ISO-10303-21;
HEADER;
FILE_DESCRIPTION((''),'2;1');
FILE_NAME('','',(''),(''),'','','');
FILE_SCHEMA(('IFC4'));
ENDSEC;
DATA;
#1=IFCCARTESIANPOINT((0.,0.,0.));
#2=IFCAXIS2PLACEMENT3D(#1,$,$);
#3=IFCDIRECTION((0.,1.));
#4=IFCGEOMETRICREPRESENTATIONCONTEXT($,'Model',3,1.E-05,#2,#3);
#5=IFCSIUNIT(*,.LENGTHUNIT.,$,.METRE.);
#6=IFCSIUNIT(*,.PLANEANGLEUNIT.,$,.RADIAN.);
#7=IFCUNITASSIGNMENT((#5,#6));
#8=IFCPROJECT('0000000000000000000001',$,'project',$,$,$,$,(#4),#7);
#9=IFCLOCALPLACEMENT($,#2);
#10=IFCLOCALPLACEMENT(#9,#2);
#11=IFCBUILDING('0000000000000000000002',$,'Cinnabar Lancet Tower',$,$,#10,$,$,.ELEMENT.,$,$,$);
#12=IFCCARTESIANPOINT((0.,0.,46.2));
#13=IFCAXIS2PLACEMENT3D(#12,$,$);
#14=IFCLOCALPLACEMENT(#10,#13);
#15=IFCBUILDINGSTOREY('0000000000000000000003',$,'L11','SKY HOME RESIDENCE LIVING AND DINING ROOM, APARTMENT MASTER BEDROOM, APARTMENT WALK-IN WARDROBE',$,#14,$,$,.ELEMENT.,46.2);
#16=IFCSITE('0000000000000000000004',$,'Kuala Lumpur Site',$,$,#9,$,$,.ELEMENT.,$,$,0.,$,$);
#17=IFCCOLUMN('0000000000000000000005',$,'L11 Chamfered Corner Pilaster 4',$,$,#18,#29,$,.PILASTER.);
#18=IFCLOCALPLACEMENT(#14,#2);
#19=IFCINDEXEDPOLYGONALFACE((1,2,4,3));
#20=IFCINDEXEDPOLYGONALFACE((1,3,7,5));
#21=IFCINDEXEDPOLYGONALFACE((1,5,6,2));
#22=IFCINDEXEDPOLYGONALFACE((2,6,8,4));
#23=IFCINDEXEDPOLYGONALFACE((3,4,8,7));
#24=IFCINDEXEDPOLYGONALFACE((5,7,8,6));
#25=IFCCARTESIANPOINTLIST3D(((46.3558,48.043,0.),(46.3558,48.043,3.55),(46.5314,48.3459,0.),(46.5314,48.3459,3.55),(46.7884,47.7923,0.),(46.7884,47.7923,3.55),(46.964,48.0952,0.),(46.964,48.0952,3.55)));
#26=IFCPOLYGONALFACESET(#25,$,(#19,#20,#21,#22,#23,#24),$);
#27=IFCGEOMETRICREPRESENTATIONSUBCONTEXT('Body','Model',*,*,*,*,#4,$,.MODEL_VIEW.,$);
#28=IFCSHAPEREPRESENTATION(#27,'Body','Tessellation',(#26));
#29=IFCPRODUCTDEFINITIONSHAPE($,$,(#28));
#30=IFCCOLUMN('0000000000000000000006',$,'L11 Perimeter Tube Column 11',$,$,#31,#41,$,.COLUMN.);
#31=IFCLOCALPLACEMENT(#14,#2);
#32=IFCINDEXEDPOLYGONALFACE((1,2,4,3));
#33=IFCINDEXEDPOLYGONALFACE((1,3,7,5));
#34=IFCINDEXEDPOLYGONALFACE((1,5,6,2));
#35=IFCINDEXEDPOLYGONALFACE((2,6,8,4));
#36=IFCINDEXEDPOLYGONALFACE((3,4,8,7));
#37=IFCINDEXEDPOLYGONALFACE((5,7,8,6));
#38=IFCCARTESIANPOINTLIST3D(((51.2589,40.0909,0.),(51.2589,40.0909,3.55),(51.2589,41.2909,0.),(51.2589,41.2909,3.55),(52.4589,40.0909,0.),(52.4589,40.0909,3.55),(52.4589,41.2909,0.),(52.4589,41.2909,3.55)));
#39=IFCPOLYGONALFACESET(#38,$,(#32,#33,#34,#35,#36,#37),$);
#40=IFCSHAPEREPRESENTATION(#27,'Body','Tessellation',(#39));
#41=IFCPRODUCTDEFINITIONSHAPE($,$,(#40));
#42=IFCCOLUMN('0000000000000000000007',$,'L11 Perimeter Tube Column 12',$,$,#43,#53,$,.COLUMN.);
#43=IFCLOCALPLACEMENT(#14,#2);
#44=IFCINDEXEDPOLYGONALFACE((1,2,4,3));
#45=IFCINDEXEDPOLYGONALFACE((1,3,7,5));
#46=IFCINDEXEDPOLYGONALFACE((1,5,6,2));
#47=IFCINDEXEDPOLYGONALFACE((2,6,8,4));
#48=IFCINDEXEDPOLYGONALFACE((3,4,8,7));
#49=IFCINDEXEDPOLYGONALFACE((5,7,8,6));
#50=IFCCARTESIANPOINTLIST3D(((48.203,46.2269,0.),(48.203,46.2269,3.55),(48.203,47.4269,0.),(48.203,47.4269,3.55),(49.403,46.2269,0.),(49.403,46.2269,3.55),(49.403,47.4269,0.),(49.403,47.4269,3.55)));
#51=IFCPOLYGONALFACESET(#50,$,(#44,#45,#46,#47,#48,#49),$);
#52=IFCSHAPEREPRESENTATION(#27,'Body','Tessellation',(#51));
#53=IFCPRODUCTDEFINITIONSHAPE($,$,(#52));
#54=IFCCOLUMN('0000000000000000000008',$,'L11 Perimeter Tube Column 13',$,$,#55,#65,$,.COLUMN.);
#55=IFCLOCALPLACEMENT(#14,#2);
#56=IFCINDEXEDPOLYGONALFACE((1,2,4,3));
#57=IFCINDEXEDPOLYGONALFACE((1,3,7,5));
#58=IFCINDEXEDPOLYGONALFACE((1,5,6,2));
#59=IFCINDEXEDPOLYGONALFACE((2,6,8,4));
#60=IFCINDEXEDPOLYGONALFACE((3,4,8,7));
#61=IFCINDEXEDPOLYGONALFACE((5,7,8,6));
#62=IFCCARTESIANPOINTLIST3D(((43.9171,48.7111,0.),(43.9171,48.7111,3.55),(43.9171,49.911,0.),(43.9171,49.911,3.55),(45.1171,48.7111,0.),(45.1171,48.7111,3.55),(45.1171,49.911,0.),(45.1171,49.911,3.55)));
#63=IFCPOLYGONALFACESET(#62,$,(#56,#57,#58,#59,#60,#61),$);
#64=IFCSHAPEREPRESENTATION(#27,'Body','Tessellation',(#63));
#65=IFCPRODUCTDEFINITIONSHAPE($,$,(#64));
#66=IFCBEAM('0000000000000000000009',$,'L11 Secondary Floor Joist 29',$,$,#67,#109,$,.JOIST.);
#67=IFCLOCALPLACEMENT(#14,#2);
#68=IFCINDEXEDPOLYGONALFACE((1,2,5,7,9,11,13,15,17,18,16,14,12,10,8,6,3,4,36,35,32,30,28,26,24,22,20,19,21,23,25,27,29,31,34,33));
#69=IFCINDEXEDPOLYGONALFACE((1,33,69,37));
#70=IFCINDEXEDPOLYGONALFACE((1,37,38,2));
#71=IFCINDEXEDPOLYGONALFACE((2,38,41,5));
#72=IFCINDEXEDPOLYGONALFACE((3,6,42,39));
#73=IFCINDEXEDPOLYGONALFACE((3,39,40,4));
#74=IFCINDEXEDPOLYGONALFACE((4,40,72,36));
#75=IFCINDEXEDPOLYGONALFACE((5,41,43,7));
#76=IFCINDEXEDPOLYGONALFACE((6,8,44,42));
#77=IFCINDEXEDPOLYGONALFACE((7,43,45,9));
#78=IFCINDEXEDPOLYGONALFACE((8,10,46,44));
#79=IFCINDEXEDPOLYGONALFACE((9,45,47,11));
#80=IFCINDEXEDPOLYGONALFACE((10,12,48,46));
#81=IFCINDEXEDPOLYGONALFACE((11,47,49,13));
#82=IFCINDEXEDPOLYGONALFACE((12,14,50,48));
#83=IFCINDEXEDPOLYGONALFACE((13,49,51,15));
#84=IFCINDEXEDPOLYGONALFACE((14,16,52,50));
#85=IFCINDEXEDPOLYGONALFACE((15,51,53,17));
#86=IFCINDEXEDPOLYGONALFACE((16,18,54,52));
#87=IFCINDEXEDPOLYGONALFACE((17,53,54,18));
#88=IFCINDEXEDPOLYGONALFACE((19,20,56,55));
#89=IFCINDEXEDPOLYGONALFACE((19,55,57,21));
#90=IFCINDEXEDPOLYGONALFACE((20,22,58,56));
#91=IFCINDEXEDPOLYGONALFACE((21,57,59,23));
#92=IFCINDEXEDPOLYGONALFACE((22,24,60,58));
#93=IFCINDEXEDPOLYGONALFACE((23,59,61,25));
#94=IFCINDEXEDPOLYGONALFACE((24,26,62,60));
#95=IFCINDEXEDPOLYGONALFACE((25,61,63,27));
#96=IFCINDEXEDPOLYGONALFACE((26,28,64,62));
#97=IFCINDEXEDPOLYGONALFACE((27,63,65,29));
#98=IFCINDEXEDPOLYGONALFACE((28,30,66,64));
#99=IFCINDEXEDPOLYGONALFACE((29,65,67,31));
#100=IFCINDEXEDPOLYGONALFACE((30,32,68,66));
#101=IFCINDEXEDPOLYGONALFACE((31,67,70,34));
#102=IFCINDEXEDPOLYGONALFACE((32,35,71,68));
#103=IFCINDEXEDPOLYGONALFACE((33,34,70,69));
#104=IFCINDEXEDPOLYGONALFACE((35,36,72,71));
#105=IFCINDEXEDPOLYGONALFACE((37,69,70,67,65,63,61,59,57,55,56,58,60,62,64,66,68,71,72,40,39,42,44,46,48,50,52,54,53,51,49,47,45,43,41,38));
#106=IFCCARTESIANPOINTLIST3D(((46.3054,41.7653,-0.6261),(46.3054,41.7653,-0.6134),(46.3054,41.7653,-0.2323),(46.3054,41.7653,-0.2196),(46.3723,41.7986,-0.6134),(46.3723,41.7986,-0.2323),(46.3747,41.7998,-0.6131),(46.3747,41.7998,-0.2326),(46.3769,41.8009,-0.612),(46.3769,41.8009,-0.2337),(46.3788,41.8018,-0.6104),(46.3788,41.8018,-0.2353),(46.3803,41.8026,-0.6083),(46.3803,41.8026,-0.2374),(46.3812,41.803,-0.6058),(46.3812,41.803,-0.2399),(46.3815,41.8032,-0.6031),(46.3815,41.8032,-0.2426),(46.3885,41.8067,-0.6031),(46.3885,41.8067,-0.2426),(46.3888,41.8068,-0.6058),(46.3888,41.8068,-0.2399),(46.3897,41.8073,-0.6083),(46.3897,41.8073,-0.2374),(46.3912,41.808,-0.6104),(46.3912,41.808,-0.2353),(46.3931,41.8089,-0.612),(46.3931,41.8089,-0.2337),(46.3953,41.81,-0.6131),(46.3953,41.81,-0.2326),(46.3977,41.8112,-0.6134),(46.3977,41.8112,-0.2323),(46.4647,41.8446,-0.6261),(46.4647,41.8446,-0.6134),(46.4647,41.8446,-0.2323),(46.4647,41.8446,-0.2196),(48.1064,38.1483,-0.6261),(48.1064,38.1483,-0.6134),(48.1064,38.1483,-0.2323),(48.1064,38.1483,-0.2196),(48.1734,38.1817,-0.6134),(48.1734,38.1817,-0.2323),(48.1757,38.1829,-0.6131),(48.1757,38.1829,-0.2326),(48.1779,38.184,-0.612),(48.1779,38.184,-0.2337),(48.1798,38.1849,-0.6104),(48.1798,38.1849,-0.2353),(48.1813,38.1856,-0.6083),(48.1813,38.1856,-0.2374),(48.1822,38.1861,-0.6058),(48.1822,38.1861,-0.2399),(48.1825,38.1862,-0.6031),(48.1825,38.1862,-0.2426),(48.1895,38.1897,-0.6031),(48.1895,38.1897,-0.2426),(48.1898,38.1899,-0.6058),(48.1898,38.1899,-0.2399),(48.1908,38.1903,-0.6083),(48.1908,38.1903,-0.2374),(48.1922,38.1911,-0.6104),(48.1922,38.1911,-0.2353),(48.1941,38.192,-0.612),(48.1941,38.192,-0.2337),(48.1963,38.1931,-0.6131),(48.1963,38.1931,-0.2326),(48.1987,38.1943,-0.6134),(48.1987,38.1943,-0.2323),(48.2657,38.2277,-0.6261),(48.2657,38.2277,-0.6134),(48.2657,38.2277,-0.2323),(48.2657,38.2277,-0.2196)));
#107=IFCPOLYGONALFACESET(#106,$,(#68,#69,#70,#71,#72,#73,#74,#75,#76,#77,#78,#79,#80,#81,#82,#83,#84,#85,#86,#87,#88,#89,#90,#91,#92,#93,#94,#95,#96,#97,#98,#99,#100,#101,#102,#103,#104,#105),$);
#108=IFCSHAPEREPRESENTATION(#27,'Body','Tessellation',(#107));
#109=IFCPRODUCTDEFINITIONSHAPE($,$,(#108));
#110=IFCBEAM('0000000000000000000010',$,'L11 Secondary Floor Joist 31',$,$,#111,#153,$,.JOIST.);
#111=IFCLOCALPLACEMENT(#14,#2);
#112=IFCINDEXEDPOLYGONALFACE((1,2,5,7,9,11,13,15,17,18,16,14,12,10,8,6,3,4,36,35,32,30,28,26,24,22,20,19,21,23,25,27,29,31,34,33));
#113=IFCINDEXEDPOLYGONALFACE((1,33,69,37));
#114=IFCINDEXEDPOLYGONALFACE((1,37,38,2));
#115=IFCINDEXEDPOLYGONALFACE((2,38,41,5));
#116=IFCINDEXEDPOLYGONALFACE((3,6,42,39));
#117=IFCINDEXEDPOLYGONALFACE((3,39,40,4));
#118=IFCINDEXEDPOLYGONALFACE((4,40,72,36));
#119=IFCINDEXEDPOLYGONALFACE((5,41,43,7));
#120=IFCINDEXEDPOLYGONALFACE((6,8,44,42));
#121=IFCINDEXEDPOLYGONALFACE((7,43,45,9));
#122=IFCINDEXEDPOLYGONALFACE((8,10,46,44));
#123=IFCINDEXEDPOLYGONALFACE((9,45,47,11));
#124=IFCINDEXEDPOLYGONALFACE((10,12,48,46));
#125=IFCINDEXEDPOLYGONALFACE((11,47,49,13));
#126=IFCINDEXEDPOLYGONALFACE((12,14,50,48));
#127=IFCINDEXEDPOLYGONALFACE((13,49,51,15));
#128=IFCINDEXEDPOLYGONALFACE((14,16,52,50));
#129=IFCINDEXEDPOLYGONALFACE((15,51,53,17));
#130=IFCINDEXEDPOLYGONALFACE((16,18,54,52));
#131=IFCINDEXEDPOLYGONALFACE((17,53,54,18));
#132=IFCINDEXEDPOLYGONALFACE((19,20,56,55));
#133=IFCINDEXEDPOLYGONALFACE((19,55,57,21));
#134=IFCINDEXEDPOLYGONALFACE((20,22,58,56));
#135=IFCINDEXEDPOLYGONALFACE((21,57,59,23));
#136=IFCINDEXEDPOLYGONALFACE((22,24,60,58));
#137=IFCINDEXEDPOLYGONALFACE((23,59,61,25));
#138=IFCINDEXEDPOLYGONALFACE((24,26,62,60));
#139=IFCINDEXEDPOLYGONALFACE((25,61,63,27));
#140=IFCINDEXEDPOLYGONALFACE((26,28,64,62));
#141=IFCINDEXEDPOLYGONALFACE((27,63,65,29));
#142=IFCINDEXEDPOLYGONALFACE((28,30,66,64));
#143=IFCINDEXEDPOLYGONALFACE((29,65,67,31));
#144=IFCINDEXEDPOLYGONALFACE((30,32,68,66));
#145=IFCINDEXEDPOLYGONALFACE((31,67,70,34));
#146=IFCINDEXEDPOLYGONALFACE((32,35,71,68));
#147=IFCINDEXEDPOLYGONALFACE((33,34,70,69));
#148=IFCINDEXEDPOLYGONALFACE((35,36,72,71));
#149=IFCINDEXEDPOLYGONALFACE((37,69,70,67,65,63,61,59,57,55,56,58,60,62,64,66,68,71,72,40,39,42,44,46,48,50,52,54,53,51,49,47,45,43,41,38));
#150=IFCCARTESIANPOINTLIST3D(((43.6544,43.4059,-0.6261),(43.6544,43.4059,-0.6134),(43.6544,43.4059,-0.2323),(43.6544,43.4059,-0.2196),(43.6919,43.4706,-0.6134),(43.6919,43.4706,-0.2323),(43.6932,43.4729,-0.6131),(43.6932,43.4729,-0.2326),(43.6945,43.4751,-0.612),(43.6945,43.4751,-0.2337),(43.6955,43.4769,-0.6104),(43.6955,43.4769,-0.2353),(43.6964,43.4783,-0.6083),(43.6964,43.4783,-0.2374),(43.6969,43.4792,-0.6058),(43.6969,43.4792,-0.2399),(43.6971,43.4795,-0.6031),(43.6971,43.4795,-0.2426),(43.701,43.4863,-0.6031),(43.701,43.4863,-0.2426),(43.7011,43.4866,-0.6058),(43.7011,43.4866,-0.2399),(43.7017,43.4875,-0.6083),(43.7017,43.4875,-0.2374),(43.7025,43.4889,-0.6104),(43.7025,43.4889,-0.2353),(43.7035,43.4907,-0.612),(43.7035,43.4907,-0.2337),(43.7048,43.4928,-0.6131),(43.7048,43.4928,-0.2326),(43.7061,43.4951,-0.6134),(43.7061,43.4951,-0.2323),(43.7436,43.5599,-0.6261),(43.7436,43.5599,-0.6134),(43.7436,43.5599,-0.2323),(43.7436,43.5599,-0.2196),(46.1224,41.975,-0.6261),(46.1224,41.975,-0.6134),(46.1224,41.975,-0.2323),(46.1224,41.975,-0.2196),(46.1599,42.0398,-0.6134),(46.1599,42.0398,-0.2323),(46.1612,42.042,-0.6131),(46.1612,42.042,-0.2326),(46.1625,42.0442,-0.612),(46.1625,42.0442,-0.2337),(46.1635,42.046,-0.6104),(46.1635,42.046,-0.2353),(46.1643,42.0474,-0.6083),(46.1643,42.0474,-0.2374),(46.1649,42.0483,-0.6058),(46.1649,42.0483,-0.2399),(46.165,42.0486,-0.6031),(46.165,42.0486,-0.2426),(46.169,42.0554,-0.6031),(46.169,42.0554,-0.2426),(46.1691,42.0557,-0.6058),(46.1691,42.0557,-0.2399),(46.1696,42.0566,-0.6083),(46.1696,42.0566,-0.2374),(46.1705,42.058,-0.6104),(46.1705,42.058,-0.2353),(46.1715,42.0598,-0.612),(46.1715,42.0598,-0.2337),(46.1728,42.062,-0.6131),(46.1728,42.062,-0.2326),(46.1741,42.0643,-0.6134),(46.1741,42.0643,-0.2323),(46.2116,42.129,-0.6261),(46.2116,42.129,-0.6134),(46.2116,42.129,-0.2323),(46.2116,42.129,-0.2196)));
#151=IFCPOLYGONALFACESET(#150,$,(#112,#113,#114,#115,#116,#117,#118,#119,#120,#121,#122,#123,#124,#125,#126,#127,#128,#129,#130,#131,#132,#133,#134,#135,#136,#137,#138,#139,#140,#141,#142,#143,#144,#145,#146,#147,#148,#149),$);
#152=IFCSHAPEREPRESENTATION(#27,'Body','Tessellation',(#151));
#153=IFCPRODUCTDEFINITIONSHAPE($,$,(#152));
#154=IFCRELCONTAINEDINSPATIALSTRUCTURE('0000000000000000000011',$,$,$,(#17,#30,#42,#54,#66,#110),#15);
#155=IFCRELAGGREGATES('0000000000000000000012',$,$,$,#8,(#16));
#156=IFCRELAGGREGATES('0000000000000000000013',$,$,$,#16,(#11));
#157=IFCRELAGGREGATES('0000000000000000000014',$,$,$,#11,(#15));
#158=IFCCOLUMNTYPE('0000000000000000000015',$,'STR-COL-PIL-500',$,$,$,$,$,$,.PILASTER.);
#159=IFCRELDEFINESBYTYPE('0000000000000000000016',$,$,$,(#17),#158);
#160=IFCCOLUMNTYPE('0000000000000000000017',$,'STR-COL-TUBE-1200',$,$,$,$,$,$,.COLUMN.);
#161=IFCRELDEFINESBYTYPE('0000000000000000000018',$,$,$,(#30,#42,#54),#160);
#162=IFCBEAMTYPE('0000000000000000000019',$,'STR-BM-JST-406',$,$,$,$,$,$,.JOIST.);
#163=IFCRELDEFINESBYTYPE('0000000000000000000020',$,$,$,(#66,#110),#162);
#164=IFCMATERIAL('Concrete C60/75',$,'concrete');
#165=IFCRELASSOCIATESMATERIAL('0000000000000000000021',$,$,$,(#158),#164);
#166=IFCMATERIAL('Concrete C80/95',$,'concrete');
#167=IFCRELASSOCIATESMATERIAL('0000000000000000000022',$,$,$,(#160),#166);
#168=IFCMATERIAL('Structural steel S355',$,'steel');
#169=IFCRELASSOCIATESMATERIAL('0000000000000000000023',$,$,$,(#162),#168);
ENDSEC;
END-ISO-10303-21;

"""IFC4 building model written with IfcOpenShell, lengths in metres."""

from ifc_helpers import new_model, si_unit, direction, frame, origin, origin_2d, place, context, subcontext, project, spatial, rectangle, i_section, extrude, material, material_profile, profile_set, type_object, element, save


model = new_model("IFC4")

# Units and contexts
model_context = context("Model", 3, precision=1e-05, world=origin(), true_north=direction((0.0, 1.0)))
body_context = subcontext(model_context, "Body", "Model", "MODEL_VIEW")
ifc_project = project(units=[si_unit("LENGTHUNIT", "METRE"), si_unit("PLANEANGLEUNIT", "RADIAN")], contexts=[model_context])

# Site, building, storey
site_placement = place(None, origin())
site = spatial("IfcSite", under=ifc_project, at=site_placement, Name="Kuala Lumpur Site", CompositionType="ELEMENT", RefElevation=0.0)
building_placement = place(site_placement, origin())
building = spatial("IfcBuilding", under=site, at=building_placement, Name="Cinnabar Lancet Tower", CompositionType="ELEMENT")
storey_placement = place(building_placement, frame((0.0, 0.0, 46.2)))
storey = spatial("IfcBuildingStorey", under=building, at=storey_placement, Name="L11", Description="SKY HOME RESIDENCE LIVING AND DINING ROOM, APARTMENT MASTER BEDROOM, APARTMENT WALK-IN WARDROBE", CompositionType="ELEMENT", Elevation=46.2)

# Columns
ifc_material_1 = material(Name="Concrete C60/75", Category="concrete")
ifc_material_profile_1 = material_profile(ifc_material_1, rectangle(XDim=0.5, YDim=0.3501, at=origin_2d()), Name="RC-PIL 500x350")
ifc_profile_set_1 = profile_set([ifc_material_profile_1], Name="Concrete C60/75")
column_type_1 = type_object("IfcColumnType", Name="STR-COL-PIL-500", PredefinedType="PILASTER", material=ifc_profile_set_1)
column_placement = place(storey_placement, frame((46.6599, 48.0691, 0.0), z_axis=(0.0, 0.0, 1.0), x_axis=(-0.865195, 0.501435, 0.0)))
element("IfcColumn", 1, at=column_placement, inside=storey, type_object=column_type_1, Name="L11 Chamfered Corner Pilaster 4", PredefinedType="PILASTER", context=body_context, shape_type="SweptSolid", body=[
    extrude(rectangle(XDim=0.5, YDim=0.3501, at=origin_2d()), origin(), (0.0, 0.0, 1.0), 3.55),
])
ifc_material_2 = material(Name="Concrete C80/95", Category="concrete")
ifc_material_profile_2 = material_profile(ifc_material_2, rectangle(XDim=1.2, YDim=1.2, at=origin_2d()), Name="RC-COL 1200x1200")
ifc_profile_set_2 = profile_set([ifc_material_profile_2], Name="Concrete C80/95")
column_type_2 = type_object("IfcColumnType", Name="STR-COL-TUBE-1200", PredefinedType="COLUMN", material=ifc_profile_set_2)
for number, where, z_axis, x_axis, name in (
    (2, (51.8589, 40.6909, 0.0), (0.0, 0.0, 1.0), (1.0, 0.0, 0.0), "L11 Perimeter Tube Column 11"),
    (3, (48.803, 46.8269, 0.0), (0.0, 0.0, 1.0), (1.0, 0.0, 0.0), "L11 Perimeter Tube Column 12"),
    (4, (44.5171, 49.311, 0.0), (0.0, 0.0, 1.0), (1.0, 0.0, 0.0), "L11 Perimeter Tube Column 13"),
):
    element("IfcColumn", number, at=place(storey_placement, frame(where, z_axis=z_axis, x_axis=x_axis)), inside=storey, type_object=column_type_2, Name=name, PredefinedType="COLUMN", context=body_context, shape_type="SweptSolid", body=[
        extrude(rectangle(XDim=1.2, YDim=1.2, at=origin_2d()), origin(), (0.0, 0.0, 1.0), 3.55),
    ])

# Beams
ifc_material_3 = material(Name="Structural steel S355", Category="steel")
ifc_material_profile_3 = material_profile(ifc_material_3, i_section(OverallWidth=0.178, OverallDepth=0.4065, WebThickness=0.0078, FlangeThickness=0.0127, FilletRadius=0.0103, at=origin_2d()), Name="UKB 406x178x60")
ifc_profile_set_3 = profile_set([ifc_material_profile_3], Name="Structural steel S355")
beam_type_1 = type_object("IfcBeamType", Name="STR-BM-JST-406", PredefinedType="JOIST", material=ifc_profile_set_3)
beam_1_placement = place(storey_placement, frame((48.186, 38.188, -0.4229), z_axis=(-0.445739, 0.895163, 0.0), x_axis=(-0.895163, -0.445739, 0.0)))
element("IfcBeam", 5, at=beam_1_placement, inside=storey, type_object=beam_type_1, Name="L11 Secondary Floor Joist 29", PredefinedType="JOIST", context=body_context, shape_type="SweptSolid", body=[
    extrude(i_section(OverallWidth=0.178, OverallDepth=0.4065, WebThickness=0.0078, FlangeThickness=0.0127, FilletRadius=0.0103, at=origin_2d()), origin(), (0.0, 0.0, 1.0), 4.0405),
])
beam_2_placement = place(storey_placement, frame((46.167, 42.052, -0.4229), z_axis=(-0.865114, 0.501576, 0.0), x_axis=(-0.501576, -0.865114, 0.0)))
element("IfcBeam", 6, at=beam_2_placement, inside=storey, type_object=beam_type_1, Name="L11 Secondary Floor Joist 31", PredefinedType="JOIST", context=body_context, shape_type="SweptSolid", body=[
    extrude(i_section(OverallWidth=0.178, OverallDepth=0.4065, WebThickness=0.0078, FlangeThickness=0.0127, FilletRadius=0.0103, at=origin_2d()), origin(), (0.0, 0.0, 1.0), 2.8528),
])

save(model, "model.ifc")
